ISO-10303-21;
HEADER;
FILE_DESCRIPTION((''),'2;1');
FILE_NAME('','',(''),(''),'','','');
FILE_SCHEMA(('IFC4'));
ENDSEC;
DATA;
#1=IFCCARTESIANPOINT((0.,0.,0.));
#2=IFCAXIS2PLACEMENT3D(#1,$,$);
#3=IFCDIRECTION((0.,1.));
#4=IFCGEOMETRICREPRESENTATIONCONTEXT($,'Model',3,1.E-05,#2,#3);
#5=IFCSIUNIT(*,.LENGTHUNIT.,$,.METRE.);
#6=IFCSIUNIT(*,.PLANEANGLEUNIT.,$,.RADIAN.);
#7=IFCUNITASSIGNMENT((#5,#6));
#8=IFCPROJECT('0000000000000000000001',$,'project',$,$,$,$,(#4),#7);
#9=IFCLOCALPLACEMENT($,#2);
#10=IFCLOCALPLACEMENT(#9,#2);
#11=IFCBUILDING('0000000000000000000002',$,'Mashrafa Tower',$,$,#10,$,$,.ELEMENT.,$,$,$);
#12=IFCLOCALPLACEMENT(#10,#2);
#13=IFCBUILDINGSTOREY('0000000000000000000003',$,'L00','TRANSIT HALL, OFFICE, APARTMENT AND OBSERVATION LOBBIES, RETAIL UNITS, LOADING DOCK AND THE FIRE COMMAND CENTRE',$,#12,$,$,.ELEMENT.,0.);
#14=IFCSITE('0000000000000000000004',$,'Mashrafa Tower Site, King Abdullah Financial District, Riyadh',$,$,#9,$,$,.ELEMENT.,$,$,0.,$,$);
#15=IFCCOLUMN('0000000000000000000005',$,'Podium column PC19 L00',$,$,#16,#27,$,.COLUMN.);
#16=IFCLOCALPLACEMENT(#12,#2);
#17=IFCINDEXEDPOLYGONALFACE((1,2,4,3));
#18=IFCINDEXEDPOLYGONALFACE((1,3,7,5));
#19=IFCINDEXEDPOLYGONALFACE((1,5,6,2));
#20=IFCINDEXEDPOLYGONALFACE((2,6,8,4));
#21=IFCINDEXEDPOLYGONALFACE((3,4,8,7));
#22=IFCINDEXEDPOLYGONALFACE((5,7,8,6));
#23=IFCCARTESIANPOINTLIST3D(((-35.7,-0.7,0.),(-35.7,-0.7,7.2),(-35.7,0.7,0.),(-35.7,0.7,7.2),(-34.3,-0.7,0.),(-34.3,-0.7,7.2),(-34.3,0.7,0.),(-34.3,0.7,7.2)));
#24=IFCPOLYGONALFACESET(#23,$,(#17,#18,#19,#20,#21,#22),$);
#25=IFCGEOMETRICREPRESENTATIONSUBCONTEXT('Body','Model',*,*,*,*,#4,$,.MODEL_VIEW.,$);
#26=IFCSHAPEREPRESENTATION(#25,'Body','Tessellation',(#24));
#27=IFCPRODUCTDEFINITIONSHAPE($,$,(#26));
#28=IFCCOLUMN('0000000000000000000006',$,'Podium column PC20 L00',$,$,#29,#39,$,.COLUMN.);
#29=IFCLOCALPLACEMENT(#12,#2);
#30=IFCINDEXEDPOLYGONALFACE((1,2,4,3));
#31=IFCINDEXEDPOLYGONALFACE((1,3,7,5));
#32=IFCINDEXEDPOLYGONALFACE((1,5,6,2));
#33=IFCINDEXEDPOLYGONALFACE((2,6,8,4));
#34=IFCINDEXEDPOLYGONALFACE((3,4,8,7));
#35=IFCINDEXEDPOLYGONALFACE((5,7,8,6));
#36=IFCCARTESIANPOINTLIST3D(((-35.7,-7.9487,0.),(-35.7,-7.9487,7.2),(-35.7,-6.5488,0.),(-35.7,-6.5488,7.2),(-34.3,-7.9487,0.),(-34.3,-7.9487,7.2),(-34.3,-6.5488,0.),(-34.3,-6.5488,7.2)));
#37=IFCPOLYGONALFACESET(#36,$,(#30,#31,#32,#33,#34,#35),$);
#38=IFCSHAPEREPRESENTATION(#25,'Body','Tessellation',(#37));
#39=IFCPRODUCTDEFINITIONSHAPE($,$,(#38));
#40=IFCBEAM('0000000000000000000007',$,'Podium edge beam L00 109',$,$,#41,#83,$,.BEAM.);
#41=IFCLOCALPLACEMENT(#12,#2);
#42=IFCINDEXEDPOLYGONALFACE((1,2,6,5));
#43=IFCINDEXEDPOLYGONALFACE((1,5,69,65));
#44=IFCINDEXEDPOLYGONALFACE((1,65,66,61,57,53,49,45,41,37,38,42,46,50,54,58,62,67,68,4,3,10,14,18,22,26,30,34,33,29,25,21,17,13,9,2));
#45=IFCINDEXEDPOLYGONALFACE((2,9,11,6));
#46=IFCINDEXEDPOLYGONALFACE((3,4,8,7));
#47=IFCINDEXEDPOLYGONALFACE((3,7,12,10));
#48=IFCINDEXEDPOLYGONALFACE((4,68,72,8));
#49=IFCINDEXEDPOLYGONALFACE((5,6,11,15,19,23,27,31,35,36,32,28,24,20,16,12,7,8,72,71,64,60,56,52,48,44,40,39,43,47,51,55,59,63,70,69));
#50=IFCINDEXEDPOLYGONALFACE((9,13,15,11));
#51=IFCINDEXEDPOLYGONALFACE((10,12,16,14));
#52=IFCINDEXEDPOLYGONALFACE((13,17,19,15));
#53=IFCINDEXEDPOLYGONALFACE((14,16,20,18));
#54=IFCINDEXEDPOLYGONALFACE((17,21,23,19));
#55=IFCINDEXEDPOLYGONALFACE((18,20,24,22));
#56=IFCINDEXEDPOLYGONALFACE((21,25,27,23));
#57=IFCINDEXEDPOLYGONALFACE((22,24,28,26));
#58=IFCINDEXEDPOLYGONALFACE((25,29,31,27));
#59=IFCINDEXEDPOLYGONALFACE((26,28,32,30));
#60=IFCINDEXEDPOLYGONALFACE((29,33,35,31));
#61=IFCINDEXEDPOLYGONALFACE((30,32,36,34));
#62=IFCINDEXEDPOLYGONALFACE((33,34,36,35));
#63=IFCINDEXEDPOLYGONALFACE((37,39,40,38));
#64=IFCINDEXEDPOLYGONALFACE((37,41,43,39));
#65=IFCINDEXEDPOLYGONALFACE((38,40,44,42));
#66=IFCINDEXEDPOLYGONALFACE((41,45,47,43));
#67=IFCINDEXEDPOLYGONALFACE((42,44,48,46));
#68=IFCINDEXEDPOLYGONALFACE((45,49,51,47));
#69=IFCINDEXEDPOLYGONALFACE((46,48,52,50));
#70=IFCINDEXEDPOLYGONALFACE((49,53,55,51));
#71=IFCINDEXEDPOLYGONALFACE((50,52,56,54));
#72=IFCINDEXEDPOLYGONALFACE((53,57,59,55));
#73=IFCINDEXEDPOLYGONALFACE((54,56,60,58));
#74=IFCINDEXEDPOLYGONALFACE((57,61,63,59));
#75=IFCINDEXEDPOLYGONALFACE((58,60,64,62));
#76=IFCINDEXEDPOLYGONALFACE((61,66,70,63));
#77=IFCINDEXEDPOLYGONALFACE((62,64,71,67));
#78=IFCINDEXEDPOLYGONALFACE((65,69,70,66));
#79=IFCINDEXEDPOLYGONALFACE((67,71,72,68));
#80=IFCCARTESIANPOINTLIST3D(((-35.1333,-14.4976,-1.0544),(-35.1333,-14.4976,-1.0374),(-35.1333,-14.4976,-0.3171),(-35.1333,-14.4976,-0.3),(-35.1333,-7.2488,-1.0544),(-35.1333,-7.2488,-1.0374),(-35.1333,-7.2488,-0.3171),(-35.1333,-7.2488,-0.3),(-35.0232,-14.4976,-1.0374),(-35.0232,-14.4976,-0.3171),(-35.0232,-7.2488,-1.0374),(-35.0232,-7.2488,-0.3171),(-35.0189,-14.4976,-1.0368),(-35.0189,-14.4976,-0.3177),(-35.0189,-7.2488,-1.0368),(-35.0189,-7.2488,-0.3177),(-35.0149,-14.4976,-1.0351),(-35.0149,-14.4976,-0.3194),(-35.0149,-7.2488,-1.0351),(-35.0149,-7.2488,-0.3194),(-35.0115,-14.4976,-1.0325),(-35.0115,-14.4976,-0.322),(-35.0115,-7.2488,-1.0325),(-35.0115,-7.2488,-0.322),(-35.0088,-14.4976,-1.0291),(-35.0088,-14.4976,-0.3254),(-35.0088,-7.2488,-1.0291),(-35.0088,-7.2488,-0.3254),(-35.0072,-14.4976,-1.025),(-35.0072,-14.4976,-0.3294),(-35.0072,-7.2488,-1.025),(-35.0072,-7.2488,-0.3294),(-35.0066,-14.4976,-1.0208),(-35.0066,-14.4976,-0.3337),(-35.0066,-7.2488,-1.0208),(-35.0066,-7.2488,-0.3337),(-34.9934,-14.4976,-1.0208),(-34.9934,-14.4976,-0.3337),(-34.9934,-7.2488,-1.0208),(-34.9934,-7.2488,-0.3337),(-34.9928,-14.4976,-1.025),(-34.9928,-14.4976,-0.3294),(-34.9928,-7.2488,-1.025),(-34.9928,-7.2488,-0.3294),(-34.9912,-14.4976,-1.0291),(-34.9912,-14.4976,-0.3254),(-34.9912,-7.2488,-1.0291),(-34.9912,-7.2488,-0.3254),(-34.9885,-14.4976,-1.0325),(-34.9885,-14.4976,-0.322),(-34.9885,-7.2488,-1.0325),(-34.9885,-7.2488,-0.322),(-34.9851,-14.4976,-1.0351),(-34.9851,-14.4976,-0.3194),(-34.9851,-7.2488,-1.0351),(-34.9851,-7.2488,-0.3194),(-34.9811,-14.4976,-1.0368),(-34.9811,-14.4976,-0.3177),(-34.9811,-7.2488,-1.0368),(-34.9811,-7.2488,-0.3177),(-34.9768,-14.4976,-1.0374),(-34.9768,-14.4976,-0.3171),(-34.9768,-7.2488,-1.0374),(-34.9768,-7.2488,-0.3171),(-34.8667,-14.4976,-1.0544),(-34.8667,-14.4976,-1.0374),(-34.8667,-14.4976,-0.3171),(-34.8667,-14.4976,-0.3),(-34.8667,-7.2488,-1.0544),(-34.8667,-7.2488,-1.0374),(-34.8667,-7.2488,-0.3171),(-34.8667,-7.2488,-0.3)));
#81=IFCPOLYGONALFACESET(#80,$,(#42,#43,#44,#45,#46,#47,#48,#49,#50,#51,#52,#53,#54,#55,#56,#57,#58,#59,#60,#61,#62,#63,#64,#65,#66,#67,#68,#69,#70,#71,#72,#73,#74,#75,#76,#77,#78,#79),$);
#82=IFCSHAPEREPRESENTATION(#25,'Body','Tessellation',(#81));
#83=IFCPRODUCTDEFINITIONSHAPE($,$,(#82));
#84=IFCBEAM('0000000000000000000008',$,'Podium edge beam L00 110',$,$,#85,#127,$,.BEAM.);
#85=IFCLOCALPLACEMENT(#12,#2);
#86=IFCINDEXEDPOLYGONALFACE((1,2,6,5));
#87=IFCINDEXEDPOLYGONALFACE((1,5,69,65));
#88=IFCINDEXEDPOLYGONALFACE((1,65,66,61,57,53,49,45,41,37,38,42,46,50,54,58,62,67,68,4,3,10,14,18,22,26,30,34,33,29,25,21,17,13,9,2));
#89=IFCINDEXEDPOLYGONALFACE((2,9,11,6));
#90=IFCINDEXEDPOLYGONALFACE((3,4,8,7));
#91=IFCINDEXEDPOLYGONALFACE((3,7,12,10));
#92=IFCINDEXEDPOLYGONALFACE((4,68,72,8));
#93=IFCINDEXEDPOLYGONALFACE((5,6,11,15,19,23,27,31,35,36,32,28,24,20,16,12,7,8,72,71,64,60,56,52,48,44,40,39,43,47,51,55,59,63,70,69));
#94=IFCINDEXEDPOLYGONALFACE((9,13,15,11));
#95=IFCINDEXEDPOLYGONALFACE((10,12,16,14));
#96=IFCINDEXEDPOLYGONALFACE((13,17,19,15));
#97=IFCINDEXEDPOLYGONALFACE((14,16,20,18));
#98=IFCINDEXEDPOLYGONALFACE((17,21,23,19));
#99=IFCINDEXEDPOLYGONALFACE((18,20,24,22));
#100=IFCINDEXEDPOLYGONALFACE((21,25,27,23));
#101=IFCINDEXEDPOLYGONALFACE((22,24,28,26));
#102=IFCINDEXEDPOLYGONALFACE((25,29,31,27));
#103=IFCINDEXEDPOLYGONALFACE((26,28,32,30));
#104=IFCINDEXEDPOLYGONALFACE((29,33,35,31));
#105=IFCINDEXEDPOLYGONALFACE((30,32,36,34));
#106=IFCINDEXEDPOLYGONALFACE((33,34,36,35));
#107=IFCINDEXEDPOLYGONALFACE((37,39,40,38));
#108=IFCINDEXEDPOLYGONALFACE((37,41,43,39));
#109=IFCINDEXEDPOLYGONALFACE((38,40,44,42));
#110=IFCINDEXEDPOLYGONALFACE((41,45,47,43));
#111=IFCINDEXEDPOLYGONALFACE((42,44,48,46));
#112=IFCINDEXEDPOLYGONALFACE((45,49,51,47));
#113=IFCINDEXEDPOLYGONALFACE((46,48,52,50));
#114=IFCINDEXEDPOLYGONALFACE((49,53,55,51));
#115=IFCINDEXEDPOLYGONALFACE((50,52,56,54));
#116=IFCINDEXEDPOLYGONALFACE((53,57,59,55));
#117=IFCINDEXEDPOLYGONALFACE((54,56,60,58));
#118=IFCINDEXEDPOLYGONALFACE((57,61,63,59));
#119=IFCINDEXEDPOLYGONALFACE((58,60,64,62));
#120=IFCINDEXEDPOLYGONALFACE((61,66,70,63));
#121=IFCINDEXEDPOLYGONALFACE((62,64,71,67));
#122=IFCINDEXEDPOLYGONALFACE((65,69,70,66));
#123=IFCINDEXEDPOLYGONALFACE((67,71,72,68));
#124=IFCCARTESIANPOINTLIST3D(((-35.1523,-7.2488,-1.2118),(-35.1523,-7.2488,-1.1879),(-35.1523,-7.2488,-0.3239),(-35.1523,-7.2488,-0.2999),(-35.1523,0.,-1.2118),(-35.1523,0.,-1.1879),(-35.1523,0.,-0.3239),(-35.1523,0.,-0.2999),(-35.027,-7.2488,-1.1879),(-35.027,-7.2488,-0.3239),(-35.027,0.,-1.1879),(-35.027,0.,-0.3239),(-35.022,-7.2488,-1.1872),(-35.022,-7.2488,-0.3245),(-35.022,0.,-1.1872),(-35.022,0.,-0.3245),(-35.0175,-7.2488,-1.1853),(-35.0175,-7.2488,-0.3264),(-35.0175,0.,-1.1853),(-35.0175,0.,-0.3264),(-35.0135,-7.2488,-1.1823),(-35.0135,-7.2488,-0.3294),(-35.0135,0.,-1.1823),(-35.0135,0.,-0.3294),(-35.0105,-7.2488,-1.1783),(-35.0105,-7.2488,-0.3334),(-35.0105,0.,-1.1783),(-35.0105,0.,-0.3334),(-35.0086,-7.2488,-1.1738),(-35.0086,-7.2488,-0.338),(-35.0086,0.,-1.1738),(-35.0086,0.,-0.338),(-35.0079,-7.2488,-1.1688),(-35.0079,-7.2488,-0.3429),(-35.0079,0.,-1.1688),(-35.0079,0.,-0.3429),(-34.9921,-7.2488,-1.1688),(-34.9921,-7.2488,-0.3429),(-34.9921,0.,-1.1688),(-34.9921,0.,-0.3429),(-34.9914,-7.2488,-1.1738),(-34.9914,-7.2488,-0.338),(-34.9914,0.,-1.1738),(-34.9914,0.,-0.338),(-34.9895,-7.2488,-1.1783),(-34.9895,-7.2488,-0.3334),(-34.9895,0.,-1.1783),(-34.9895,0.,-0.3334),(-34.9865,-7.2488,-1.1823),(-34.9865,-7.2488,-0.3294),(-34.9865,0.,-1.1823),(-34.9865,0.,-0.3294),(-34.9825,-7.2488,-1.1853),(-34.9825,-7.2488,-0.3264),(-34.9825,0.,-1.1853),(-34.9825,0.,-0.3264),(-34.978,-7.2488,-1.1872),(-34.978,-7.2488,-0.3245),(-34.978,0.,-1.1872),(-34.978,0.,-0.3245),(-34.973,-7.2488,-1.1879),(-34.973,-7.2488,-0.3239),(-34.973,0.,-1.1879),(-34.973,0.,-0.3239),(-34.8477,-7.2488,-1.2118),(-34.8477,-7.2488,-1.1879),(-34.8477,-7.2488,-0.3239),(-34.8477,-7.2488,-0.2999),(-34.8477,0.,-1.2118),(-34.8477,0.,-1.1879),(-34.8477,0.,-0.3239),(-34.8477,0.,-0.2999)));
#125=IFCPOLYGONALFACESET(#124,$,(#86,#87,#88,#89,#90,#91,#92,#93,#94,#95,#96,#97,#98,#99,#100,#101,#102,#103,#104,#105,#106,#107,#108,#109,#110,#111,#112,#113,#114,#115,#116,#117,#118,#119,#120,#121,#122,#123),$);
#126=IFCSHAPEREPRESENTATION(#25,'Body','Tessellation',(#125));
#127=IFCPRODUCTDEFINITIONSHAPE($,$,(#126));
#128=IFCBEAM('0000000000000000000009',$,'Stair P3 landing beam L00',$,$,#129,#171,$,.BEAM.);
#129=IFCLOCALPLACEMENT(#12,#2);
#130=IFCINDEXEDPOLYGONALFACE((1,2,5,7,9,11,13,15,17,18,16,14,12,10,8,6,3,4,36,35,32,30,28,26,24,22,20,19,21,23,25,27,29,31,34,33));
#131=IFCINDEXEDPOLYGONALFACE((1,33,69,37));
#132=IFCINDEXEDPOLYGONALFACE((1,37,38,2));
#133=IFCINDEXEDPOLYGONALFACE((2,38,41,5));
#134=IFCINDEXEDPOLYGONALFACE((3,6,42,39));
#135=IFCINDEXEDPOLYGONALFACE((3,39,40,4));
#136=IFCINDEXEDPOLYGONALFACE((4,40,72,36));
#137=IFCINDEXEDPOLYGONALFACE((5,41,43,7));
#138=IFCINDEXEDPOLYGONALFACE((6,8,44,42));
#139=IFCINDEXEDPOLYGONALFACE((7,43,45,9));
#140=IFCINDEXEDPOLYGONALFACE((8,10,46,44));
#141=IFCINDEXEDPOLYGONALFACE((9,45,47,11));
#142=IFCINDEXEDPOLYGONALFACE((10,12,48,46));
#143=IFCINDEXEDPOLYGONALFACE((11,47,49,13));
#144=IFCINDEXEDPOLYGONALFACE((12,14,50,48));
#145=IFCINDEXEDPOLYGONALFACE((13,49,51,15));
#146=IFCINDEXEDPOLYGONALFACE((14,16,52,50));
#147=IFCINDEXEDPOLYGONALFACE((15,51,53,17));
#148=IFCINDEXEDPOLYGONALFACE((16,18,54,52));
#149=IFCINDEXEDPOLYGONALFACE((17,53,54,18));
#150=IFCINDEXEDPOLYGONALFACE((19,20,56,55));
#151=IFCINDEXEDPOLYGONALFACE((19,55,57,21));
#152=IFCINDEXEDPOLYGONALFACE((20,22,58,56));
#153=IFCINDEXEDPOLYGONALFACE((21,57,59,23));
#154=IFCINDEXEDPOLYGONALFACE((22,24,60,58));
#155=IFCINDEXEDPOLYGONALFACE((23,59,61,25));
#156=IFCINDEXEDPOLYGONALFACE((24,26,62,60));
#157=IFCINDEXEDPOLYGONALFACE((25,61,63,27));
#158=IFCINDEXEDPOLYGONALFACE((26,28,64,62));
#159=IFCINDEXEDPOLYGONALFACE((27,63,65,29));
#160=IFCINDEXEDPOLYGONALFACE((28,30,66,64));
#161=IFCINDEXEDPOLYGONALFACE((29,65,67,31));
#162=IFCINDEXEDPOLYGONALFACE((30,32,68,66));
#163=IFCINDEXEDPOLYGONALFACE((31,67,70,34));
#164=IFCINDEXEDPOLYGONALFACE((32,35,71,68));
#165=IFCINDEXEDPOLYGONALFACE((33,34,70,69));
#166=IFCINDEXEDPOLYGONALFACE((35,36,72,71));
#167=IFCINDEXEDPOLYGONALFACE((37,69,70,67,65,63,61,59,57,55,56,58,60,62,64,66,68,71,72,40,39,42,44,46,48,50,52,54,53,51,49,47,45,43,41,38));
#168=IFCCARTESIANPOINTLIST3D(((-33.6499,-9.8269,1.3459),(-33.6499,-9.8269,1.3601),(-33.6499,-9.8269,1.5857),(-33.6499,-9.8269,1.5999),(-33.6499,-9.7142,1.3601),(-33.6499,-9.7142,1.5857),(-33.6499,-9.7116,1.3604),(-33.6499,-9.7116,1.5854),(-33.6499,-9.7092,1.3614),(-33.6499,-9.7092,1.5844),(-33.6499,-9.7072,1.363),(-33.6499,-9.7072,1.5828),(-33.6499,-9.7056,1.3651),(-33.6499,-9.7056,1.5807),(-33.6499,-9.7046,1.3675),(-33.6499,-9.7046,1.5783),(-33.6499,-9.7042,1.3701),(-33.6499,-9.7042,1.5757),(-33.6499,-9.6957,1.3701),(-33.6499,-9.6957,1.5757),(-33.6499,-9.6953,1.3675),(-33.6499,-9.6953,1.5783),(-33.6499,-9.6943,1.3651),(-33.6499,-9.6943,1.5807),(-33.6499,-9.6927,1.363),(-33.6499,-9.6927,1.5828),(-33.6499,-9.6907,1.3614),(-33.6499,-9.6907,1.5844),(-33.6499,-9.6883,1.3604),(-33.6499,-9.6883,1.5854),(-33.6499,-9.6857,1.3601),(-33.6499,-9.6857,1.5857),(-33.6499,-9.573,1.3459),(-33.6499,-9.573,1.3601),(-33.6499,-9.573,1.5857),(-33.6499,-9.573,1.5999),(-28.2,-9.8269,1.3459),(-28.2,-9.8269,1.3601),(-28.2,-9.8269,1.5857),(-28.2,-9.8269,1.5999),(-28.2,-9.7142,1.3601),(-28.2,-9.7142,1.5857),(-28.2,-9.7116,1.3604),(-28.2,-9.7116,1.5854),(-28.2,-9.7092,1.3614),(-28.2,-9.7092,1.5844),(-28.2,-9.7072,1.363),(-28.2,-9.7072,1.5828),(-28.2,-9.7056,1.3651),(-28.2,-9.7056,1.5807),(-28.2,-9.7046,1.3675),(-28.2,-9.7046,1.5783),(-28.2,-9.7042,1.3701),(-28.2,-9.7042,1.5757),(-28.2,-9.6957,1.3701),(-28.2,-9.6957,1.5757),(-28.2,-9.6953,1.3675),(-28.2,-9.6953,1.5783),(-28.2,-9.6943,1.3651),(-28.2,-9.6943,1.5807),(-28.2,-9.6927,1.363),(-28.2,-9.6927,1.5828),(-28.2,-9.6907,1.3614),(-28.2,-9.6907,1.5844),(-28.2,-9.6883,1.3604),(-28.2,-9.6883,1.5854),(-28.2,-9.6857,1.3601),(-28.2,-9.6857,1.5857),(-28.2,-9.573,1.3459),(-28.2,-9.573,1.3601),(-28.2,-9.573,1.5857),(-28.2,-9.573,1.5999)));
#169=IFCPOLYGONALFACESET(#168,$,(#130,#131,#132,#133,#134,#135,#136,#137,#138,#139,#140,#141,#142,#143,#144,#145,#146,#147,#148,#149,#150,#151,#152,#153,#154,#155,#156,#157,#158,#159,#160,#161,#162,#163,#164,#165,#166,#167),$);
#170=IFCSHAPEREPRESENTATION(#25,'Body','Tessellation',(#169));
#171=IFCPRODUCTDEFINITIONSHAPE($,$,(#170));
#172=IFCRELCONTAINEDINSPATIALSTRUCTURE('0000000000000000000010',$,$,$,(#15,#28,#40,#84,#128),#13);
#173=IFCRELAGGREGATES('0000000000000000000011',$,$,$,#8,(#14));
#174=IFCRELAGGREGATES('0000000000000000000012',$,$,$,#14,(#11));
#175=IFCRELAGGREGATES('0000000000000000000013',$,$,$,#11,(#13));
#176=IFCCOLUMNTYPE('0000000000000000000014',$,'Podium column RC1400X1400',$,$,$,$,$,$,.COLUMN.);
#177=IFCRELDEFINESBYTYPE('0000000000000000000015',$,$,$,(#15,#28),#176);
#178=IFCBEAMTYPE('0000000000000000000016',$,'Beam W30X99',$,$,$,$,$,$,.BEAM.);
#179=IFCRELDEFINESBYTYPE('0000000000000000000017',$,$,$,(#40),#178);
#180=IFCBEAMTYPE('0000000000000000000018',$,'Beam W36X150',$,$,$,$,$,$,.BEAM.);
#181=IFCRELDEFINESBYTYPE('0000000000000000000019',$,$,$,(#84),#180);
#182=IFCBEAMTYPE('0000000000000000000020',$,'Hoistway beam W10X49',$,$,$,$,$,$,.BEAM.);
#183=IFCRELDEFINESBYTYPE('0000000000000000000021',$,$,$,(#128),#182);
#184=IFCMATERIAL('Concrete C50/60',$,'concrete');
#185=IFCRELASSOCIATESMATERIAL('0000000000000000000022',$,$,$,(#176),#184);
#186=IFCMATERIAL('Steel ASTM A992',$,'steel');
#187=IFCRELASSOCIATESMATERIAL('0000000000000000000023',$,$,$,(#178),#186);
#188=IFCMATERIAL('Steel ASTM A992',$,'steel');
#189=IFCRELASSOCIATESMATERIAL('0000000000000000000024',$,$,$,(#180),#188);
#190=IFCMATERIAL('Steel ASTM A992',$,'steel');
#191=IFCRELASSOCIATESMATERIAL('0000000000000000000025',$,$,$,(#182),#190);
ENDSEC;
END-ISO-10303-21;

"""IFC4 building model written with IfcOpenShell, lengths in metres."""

from ifc_helpers import new_model, si_unit, direction, frame, origin, origin_2d, place, context, subcontext, project, spatial, rectangle, i_section, extrude, material, material_profile, profile_set, type_object, element, save


model = new_model("IFC4")

# Units and contexts
model_context = context("Model", 3, precision=1e-05, world=origin(), true_north=direction((0.0, 1.0)))
body_context = subcontext(model_context, "Body", "Model", "MODEL_VIEW")
ifc_project = project(units=[si_unit("LENGTHUNIT", "METRE"), si_unit("PLANEANGLEUNIT", "RADIAN")], contexts=[model_context])

# Site, building, storey
site_placement = place(None, origin())
site = spatial("IfcSite", under=ifc_project, at=site_placement, Name="Mashrafa Tower Site, King Abdullah Financial District, Riyadh", CompositionType="ELEMENT", RefElevation=0.0)
building_placement = place(site_placement, origin())
building = spatial("IfcBuilding", under=site, at=building_placement, Name="Mashrafa Tower", CompositionType="ELEMENT")
storey_placement = place(building_placement, origin())
storey = spatial("IfcBuildingStorey", under=building, at=storey_placement, Name="L00", Description="TRANSIT HALL, OFFICE, APARTMENT AND OBSERVATION LOBBIES, RETAIL UNITS, LOADING DOCK AND THE FIRE COMMAND CENTRE", CompositionType="ELEMENT", Elevation=0.0)

# Columns
ifc_material_1 = material(Name="Concrete C50/60", Category="concrete")
ifc_material_profile_1 = material_profile(ifc_material_1, rectangle(XDim=1.3999, YDim=1.3999, at=origin_2d()), Name="RC1400X1400")
ifc_profile_set_1 = profile_set([ifc_material_profile_1], Name="Concrete C50/60")
column_type = type_object("IfcColumnType", Name="Podium column RC1400X1400", PredefinedType="COLUMN", material=ifc_profile_set_1)
for number, where, z_axis, x_axis, name in (
    (1, (-35.0, 0.0, 0.0), (0.0, 0.0, 1.0), (1.0, 0.0, 0.0), "Podium column PC19 L00"),
    (2, (-35.0, -7.2488, 0.0), (0.0, 0.0, 1.0), (1.0, 0.0, 0.0), "Podium column PC20 L00"),
):
    element("IfcColumn", number, at=place(storey_placement, frame(where, z_axis=z_axis, x_axis=x_axis)), inside=storey, type_object=column_type, Name=name, PredefinedType="COLUMN", context=body_context, shape_type="SweptSolid", body=[
        extrude(rectangle(XDim=1.3999, YDim=1.3999, at=origin_2d()), origin(), (0.0, 0.0, 1.0), 7.2),
    ])

# Beams
ifc_material_2 = material(Name="Steel ASTM A992", Category="steel")
ifc_material_profile_2 = material_profile(ifc_material_2, i_section(OverallWidth=0.2666, OverallDepth=0.7544, WebThickness=0.0132, FlangeThickness=0.0171, FilletRadius=0.0166, at=origin_2d()), Name="W30X99")
ifc_profile_set_2 = profile_set([ifc_material_profile_2], Name="Steel ASTM A992")
beam_type_1 = type_object("IfcBeamType", Name="Beam W30X99", PredefinedType="BEAM", material=ifc_profile_set_2)
beam_1_placement = place(storey_placement, frame((-35.0, -7.2488, -0.6772), z_axis=(0.0, -1.0, 0.0), x_axis=(1.0, 0.0, 0.0)))
element("IfcBeam", 3, at=beam_1_placement, inside=storey, type_object=beam_type_1, Name="Podium edge beam L00 109", PredefinedType="BEAM", context=body_context, shape_type="SweptSolid", body=[
    extrude(i_section(OverallWidth=0.2666, OverallDepth=0.7544, WebThickness=0.0132, FlangeThickness=0.0171, FilletRadius=0.0166, at=origin_2d()), origin(), (0.0, 0.0, 1.0), 7.2488),
])
ifc_material_3 = material(Name="Steel ASTM A992", Category="steel")
ifc_material_profile_3 = material_profile(ifc_material_3, i_section(OverallWidth=0.3047, OverallDepth=0.9119, WebThickness=0.0159, FlangeThickness=0.0239, FilletRadius=0.019, at=origin_2d()), Name="W36X150")
ifc_profile_set_3 = profile_set([ifc_material_profile_3], Name="Steel ASTM A992")
beam_type_2 = type_object("IfcBeamType", Name="Beam W36X150", PredefinedType="BEAM", material=ifc_profile_set_3)
beam_2_placement = place(storey_placement, frame((-35.0, 0.0, -0.7559), z_axis=(0.0, -1.0, 0.0), x_axis=(1.0, 0.0, 0.0)))
element("IfcBeam", 4, at=beam_2_placement, inside=storey, type_object=beam_type_2, Name="Podium edge beam L00 110", PredefinedType="BEAM", context=body_context, shape_type="SweptSolid", body=[
    extrude(i_section(OverallWidth=0.3047, OverallDepth=0.9119, WebThickness=0.0159, FlangeThickness=0.0239, FilletRadius=0.019, at=origin_2d()), origin(), (0.0, 0.0, 1.0), 7.2488),
])
ifc_material_4 = material(Name="Steel ASTM A992", Category="steel")
ifc_material_profile_4 = material_profile(ifc_material_4, i_section(OverallWidth=0.2539, OverallDepth=0.2539, WebThickness=0.0085, FlangeThickness=0.0142, FilletRadius=0.01, at=origin_2d()), Name="W10X49")
ifc_profile_set_4 = profile_set([ifc_material_profile_4], Name="Steel ASTM A992")
beam_type_3 = type_object("IfcBeamType", Name="Hoistway beam W10X49", PredefinedType="BEAM", material=ifc_profile_set_4)
beam_3_placement = place(storey_placement, frame((-33.6499, -9.7, 1.4729), z_axis=(1.0, 0.0, 0.0), x_axis=(0.0, 1.0, 0.0)))
element("IfcBeam", 5, at=beam_3_placement, inside=storey, type_object=beam_type_3, Name="Stair P3 landing beam L00", PredefinedType="BEAM", context=body_context, shape_type="SweptSolid", body=[
    extrude(i_section(OverallWidth=0.2539, OverallDepth=0.2539, WebThickness=0.0085, FlangeThickness=0.0142, FilletRadius=0.01, at=origin_2d()), origin(), (0.0, 0.0, 1.0), 5.45),
])

save(model, "model.ifc")
